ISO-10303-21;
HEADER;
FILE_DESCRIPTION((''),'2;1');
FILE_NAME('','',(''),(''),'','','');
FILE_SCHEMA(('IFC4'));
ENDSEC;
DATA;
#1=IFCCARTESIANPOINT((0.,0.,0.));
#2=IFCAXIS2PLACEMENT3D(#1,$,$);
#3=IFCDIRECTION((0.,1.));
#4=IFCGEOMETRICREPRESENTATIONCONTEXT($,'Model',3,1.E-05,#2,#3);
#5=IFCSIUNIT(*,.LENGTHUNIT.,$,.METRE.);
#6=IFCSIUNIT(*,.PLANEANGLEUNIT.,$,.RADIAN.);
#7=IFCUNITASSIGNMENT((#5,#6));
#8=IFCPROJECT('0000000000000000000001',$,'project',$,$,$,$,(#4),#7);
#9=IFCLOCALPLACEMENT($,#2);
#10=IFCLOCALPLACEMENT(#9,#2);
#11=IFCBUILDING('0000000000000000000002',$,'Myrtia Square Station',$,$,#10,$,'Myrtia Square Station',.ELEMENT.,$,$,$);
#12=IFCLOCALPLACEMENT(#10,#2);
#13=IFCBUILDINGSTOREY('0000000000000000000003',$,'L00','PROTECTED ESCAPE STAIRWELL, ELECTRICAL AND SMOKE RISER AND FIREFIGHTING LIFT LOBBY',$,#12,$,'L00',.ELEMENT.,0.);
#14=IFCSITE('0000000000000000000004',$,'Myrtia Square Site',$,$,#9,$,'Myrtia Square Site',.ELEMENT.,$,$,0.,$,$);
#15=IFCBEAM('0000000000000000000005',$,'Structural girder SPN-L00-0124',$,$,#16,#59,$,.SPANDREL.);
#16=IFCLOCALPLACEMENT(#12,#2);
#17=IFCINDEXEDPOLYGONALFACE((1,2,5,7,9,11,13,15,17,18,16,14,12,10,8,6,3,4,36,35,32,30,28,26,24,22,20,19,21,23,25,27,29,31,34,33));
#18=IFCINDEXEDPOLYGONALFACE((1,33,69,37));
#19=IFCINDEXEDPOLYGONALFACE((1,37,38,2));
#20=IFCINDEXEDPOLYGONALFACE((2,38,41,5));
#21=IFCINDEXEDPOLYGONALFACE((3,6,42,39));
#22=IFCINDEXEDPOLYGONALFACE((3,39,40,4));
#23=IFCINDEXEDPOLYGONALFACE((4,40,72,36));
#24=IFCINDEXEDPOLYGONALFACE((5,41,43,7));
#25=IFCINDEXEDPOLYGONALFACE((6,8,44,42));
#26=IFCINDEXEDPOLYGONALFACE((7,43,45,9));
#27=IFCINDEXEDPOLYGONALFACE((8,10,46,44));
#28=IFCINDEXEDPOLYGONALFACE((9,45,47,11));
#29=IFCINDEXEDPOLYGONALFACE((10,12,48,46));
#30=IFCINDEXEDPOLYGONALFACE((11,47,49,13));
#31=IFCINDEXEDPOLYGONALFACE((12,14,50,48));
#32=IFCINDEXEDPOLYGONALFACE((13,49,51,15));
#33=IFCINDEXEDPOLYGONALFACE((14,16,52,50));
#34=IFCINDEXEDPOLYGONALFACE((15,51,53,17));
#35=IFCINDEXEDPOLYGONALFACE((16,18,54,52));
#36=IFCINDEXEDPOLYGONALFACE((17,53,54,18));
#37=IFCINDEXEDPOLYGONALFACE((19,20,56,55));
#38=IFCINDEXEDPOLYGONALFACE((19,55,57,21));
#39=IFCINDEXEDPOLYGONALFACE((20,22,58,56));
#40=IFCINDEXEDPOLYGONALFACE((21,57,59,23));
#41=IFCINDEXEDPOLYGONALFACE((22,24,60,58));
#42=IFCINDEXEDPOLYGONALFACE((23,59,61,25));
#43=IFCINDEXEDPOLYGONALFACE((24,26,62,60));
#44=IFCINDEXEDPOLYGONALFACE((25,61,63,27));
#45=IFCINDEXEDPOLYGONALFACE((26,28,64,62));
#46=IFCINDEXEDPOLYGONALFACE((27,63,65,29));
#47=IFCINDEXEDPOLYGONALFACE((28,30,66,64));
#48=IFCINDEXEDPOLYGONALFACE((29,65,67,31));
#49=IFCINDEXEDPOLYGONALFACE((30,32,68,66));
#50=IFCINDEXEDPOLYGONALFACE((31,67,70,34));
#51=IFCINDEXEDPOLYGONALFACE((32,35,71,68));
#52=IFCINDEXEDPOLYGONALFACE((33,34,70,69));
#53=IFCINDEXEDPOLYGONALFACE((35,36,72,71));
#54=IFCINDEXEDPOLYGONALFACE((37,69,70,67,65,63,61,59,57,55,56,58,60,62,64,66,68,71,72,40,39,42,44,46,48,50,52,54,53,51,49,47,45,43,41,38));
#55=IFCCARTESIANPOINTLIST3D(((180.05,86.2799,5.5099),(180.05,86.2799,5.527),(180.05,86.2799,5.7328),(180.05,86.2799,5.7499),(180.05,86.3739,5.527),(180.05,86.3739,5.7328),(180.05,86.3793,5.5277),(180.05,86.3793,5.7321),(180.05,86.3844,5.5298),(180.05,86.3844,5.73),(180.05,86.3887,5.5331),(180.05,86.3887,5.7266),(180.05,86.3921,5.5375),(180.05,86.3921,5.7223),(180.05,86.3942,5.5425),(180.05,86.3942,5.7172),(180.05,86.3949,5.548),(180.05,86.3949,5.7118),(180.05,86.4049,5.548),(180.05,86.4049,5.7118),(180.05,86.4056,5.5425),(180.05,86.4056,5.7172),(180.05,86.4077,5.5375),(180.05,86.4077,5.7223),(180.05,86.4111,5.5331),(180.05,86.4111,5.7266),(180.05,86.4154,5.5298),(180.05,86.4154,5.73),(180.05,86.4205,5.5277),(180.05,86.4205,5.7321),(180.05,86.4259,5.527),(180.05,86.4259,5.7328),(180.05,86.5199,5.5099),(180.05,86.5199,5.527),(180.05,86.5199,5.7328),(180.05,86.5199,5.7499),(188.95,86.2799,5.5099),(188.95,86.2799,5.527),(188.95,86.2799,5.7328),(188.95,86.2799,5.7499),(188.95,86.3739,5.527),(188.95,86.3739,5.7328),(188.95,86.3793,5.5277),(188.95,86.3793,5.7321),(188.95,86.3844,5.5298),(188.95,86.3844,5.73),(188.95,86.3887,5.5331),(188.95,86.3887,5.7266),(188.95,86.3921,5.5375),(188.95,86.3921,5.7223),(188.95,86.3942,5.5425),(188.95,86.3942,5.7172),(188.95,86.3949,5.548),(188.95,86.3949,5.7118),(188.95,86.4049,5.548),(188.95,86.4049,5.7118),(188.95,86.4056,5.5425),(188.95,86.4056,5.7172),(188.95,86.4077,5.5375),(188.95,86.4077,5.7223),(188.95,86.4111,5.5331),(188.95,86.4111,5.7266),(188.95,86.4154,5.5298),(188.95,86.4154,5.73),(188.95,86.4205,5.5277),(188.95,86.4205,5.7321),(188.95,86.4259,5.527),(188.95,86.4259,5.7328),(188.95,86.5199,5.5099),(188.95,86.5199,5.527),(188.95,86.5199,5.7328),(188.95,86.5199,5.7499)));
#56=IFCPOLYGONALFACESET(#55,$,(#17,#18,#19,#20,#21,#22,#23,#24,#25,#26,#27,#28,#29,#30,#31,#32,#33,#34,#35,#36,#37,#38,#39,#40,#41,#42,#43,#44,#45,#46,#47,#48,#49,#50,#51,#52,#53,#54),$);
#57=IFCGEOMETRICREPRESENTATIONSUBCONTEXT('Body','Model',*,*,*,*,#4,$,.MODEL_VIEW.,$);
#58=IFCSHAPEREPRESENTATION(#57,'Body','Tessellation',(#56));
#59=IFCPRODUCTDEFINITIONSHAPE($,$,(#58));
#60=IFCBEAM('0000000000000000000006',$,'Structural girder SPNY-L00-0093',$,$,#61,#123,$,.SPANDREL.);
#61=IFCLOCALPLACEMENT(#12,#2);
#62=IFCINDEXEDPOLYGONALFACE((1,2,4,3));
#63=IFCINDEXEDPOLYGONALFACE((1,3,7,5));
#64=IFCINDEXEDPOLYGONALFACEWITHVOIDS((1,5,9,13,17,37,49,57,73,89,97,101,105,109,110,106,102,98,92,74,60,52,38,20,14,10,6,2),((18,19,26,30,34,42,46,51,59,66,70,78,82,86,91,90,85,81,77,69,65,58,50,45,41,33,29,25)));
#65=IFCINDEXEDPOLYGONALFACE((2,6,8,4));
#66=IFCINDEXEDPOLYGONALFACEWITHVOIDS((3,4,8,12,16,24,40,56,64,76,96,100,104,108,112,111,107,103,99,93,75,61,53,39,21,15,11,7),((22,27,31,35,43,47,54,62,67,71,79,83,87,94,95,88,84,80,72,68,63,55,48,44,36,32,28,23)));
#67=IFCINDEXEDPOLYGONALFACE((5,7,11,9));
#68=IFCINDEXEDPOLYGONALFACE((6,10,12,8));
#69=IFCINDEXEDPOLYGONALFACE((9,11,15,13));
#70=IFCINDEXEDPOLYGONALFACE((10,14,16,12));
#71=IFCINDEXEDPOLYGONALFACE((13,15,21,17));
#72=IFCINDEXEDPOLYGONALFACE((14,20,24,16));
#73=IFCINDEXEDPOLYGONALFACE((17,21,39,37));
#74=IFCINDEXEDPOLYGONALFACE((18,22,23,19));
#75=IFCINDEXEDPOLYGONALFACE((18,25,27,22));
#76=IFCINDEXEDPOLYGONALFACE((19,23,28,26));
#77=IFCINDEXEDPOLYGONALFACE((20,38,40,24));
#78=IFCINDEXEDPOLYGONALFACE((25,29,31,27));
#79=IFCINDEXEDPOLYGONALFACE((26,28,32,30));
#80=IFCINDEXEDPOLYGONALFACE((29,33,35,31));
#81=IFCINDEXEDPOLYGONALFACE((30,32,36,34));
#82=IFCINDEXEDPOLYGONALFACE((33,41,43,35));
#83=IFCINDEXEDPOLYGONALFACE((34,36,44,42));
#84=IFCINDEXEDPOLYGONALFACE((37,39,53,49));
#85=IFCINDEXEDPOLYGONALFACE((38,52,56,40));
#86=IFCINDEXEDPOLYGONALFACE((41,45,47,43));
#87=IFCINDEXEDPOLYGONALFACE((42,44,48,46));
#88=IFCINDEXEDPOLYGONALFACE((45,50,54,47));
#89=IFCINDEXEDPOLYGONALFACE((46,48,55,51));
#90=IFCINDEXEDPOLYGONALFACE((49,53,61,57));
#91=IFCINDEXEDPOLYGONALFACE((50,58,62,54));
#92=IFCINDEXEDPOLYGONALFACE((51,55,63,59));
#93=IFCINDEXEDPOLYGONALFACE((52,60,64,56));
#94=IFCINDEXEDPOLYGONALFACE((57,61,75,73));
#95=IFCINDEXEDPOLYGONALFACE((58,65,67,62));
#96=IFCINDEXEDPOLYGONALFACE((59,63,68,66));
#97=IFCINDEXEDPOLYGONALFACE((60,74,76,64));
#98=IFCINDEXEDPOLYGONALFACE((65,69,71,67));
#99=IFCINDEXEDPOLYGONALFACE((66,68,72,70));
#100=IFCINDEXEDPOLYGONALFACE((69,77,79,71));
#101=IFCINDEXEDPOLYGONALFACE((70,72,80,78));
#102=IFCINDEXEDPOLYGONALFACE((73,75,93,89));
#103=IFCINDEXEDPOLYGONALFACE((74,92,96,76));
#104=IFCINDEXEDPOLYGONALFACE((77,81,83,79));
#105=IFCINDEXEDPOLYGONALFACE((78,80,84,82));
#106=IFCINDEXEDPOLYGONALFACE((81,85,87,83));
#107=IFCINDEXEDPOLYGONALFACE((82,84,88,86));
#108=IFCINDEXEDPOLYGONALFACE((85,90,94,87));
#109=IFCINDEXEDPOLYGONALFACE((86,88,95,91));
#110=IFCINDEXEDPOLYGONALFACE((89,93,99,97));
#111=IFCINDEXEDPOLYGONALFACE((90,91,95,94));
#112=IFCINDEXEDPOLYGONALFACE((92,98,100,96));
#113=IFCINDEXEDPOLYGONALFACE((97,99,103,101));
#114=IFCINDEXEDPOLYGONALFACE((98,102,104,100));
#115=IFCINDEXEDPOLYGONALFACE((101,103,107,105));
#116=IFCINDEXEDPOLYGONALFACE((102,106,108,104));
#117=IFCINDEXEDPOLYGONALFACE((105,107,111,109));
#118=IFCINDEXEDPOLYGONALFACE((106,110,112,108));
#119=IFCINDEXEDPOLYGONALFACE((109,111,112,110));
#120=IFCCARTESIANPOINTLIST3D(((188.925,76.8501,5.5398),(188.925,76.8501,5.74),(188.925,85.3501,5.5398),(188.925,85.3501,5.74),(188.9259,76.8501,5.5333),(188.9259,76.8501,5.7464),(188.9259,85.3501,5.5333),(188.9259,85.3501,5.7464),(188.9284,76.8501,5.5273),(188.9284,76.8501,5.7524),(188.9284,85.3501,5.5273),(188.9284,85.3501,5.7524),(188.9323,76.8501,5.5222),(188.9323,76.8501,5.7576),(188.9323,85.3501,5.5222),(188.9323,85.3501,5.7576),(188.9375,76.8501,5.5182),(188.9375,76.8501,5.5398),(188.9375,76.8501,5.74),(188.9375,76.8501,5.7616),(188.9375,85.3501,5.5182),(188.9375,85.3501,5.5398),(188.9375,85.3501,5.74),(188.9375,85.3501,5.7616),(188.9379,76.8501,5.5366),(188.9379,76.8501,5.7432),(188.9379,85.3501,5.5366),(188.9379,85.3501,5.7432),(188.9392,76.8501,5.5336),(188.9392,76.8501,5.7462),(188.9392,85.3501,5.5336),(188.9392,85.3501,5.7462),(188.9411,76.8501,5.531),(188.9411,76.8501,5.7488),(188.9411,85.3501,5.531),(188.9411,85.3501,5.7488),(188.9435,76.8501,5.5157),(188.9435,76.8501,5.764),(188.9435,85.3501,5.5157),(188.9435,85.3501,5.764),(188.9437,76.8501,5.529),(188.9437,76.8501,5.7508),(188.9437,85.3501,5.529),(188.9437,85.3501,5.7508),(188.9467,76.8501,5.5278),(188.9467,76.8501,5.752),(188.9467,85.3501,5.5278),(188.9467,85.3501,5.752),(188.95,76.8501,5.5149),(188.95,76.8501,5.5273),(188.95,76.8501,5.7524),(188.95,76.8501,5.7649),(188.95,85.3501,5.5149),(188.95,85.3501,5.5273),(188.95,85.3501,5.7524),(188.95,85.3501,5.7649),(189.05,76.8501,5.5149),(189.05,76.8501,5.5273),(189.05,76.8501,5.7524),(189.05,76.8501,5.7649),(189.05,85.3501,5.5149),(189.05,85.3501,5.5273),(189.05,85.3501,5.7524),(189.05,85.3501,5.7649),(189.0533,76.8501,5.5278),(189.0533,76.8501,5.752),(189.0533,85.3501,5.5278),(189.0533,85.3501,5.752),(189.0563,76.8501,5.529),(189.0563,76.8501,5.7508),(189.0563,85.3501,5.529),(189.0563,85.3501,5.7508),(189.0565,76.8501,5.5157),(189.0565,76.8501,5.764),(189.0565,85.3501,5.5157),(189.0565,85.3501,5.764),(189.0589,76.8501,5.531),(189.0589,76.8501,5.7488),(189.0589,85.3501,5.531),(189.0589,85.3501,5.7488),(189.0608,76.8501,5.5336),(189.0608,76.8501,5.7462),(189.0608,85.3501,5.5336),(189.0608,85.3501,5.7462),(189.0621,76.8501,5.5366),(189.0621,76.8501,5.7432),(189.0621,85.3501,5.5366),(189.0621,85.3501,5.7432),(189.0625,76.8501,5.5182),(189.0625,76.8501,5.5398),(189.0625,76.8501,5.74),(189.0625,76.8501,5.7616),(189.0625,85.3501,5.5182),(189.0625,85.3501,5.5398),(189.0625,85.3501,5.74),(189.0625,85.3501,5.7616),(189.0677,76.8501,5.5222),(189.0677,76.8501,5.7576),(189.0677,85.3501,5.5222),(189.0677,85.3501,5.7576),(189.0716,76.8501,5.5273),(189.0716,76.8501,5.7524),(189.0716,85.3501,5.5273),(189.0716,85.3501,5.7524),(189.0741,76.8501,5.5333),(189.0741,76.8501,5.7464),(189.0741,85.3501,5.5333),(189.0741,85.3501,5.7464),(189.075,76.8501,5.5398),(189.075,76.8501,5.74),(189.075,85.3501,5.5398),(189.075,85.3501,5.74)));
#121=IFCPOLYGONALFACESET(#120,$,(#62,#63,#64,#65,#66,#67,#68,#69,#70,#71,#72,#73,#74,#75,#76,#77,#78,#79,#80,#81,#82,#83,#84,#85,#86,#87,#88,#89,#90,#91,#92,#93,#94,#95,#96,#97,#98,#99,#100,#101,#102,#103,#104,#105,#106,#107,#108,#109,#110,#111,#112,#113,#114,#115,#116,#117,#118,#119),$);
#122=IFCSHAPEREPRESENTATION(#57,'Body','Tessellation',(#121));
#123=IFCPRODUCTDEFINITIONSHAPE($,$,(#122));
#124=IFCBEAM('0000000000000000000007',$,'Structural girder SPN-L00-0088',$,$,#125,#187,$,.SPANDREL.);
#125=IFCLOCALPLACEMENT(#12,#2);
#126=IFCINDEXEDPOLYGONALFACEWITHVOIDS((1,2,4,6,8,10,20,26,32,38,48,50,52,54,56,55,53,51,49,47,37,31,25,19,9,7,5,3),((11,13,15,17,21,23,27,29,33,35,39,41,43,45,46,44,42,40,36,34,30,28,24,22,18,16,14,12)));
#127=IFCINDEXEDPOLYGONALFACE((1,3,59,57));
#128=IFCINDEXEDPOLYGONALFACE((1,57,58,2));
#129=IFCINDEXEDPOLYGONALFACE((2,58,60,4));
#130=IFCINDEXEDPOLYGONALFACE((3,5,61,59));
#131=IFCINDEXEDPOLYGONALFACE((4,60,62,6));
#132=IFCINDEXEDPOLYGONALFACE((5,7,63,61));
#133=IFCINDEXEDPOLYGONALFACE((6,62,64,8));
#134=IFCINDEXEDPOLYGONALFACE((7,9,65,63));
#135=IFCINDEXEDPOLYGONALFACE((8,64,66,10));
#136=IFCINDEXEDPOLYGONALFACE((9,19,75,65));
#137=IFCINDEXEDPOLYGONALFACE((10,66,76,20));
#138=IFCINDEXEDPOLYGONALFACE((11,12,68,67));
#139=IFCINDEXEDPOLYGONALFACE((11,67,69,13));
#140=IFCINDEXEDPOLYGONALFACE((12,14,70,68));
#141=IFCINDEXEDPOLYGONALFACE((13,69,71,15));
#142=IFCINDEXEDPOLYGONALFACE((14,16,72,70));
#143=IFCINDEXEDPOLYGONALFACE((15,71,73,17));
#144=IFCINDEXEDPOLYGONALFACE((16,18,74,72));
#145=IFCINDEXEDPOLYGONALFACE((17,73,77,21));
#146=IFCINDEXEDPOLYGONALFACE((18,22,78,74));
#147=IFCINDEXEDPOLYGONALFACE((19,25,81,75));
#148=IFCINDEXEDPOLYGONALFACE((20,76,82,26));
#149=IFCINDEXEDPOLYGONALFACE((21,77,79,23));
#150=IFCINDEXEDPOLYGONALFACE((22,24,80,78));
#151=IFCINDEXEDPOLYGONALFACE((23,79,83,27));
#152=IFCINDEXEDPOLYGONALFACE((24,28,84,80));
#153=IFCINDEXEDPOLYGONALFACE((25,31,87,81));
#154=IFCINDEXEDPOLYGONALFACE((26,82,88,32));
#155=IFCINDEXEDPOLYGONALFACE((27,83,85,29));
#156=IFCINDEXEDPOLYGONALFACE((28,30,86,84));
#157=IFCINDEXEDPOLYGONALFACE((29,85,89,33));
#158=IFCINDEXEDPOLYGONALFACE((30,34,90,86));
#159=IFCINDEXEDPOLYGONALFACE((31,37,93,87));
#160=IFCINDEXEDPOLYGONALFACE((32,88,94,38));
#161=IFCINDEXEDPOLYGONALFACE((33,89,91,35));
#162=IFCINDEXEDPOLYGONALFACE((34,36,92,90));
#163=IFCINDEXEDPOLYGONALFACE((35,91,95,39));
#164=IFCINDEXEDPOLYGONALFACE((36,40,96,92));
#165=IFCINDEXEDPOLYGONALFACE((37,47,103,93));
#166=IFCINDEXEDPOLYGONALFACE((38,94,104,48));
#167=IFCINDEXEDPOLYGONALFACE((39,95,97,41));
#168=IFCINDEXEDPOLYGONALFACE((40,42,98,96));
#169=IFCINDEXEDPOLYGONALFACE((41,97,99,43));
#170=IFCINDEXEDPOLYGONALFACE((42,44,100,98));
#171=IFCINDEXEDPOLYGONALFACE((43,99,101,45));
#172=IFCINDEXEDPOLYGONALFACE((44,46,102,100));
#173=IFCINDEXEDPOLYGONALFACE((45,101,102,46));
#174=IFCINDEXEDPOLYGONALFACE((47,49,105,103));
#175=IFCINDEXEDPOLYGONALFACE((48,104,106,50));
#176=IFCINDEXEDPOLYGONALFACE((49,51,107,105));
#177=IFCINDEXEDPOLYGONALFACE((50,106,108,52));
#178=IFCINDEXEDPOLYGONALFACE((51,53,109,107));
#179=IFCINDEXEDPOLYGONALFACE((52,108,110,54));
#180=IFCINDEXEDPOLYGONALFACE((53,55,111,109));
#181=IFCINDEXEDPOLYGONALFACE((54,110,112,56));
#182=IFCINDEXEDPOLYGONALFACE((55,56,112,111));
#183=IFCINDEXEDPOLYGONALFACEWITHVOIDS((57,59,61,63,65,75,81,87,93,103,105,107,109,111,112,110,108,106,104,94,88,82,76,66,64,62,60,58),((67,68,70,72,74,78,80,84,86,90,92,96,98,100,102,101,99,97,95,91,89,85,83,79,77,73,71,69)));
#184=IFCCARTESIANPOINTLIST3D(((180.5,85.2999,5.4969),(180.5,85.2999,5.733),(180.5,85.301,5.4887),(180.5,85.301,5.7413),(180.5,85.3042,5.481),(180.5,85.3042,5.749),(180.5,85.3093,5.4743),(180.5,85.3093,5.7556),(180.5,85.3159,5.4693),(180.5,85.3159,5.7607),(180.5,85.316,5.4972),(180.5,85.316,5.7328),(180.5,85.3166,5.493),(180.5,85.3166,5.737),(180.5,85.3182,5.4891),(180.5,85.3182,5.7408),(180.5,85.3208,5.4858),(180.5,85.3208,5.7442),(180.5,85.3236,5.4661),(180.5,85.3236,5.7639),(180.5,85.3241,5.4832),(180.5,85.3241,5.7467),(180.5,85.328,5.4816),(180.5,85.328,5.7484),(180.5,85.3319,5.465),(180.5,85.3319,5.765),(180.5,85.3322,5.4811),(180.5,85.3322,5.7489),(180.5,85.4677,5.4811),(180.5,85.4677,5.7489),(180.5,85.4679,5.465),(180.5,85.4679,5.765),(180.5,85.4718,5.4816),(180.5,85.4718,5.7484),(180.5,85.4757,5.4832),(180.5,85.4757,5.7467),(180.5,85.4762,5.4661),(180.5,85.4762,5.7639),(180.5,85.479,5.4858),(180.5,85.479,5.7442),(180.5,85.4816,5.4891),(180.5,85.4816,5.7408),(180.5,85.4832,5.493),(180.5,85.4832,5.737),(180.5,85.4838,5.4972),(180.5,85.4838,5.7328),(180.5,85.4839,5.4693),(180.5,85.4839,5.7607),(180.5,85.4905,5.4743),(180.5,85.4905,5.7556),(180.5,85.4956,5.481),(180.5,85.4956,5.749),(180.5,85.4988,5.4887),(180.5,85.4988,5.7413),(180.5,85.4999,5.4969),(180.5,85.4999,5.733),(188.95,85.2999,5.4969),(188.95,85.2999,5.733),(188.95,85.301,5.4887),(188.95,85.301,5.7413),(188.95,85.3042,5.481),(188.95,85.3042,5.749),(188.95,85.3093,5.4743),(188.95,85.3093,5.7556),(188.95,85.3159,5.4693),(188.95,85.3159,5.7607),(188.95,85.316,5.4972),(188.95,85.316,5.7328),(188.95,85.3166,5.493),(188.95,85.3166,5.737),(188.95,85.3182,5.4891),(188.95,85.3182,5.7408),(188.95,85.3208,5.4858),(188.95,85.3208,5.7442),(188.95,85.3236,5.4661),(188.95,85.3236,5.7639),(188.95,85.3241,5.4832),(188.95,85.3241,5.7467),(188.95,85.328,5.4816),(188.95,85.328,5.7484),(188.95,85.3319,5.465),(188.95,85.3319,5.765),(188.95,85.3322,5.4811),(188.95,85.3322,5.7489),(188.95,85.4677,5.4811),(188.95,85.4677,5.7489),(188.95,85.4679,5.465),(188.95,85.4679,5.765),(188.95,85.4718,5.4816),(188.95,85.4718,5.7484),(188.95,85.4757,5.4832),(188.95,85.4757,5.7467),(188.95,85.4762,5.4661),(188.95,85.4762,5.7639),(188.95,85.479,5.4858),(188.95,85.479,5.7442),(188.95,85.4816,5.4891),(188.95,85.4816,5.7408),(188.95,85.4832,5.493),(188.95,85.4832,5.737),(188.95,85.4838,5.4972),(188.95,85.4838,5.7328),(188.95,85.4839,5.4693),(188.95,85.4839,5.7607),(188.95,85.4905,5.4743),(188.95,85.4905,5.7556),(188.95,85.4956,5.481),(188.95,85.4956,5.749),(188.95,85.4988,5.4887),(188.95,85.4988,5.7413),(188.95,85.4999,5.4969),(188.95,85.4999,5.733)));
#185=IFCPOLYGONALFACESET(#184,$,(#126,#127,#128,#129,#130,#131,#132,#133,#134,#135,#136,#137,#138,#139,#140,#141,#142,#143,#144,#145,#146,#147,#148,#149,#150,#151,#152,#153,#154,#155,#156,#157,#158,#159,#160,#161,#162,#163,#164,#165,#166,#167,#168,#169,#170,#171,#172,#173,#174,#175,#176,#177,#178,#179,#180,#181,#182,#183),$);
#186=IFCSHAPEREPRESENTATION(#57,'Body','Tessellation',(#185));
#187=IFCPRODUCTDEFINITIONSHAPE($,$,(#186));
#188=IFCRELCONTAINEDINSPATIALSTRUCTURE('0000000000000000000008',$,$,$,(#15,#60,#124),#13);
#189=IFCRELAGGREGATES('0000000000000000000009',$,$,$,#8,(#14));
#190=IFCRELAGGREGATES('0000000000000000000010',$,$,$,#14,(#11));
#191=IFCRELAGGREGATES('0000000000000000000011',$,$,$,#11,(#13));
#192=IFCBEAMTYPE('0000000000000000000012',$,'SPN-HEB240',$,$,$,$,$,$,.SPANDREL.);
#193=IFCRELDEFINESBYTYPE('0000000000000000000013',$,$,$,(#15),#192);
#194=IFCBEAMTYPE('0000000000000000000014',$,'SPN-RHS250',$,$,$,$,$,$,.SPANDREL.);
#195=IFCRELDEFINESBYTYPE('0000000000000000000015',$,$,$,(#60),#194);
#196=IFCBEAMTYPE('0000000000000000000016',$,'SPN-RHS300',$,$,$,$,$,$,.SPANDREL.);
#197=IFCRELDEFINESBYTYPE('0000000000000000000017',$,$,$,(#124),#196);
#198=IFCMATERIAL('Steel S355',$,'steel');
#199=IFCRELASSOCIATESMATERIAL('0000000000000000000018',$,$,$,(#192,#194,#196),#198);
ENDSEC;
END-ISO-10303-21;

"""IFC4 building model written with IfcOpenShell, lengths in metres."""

from ifc_helpers import new_model, si_unit, direction, frame, origin, origin_2d, place, context, subcontext, project, spatial, hollow_rectangle, i_section, extrude, material, material_profile, profile_set, type_object, element, save


model = new_model("IFC4")

# Units and contexts
model_context = context("Model", 3, precision=1e-05, world=origin(), true_north=direction((0.0, 1.0)))
body_context = subcontext(model_context, "Body", "Model", "MODEL_VIEW")
ifc_project = project(units=[si_unit("LENGTHUNIT", "METRE"), si_unit("PLANEANGLEUNIT", "RADIAN")], contexts=[model_context])

# Site, building, storey
site_placement = place(None, origin())
site = spatial("IfcSite", under=ifc_project, at=site_placement, Name="Myrtia Square Site", LongName="Myrtia Square Site", CompositionType="ELEMENT", RefElevation=0.0)
building_placement = place(site_placement, origin())
building = spatial("IfcBuilding", under=site, at=building_placement, Name="Myrtia Square Station", LongName="Myrtia Square Station", CompositionType="ELEMENT")
storey_placement = place(building_placement, origin())
storey = spatial("IfcBuildingStorey", under=building, at=storey_placement, Name="L00", Description="PROTECTED ESCAPE STAIRWELL, ELECTRICAL AND SMOKE RISER AND FIREFIGHTING LIFT LOBBY", LongName="L00", CompositionType="ELEMENT", Elevation=0.0)

# Shared definitions
ifc_material_1 = material(Name="Steel S355", Category="steel")

# Beams
ifc_material_profile_1 = material_profile(ifc_material_1, i_section(OverallWidth=0.24, OverallDepth=0.24, WebThickness=0.01, FlangeThickness=0.0171, FilletRadius=0.021, at=origin_2d()), Name="HEB 240")
ifc_profile_set_1 = profile_set([ifc_material_profile_1], Name="Steel S355")
beam_type_1 = type_object("IfcBeamType", Name="SPN-HEB240", PredefinedType="SPANDREL", material=ifc_profile_set_1)
beam_1_placement = place(storey_placement, frame((180.05, 86.3999, 5.6299), z_axis=(1.0, 0.0, 0.0), x_axis=(0.0, 1.0, 0.0)))
element("IfcBeam", 1, at=beam_1_placement, inside=storey, type_object=beam_type_1, Name="Structural girder SPN-L00-0124", PredefinedType="SPANDREL", context=body_context, shape_type="SweptSolid", body=[
    extrude(i_section(OverallWidth=0.24, OverallDepth=0.24, WebThickness=0.01, FlangeThickness=0.0171, FilletRadius=0.021, at=origin_2d()), origin(), (0.0, 0.0, 1.0), 8.8999),
])
ifc_material_profile_2 = material_profile(ifc_material_1, hollow_rectangle(XDim=0.1499, YDim=0.25, WallThickness=0.0125, InnerFilletRadius=0.0125, OuterFilletRadius=0.0249, at=origin_2d()), Name="RHS 250x150x12.5")
ifc_profile_set_2 = profile_set([ifc_material_profile_2], Name="Steel S355")
beam_type_2 = type_object("IfcBeamType", Name="SPN-RHS250", PredefinedType="SPANDREL", material=ifc_profile_set_2)
beam_2_placement = place(storey_placement, frame((189.0, 76.8501, 5.6399), z_axis=(0.0, 1.0, 0.0), x_axis=(-1.0, 0.0, 0.0)))
element("IfcBeam", 2, at=beam_2_placement, inside=storey, type_object=beam_type_2, Name="Structural girder SPNY-L00-0093", PredefinedType="SPANDREL", context=body_context, shape_type="SweptSolid", body=[
    extrude(hollow_rectangle(XDim=0.1499, YDim=0.25, WallThickness=0.0125, InnerFilletRadius=0.0125, OuterFilletRadius=0.0249, at=origin_2d()), origin(), (0.0, 0.0, 1.0), 8.5),
])
ifc_material_profile_3 = material_profile(ifc_material_1, hollow_rectangle(XDim=0.2, YDim=0.3, WallThickness=0.0161, InnerFilletRadius=0.0161, OuterFilletRadius=0.032, at=origin_2d()), Name="RHS 300x200x16")
ifc_profile_set_3 = profile_set([ifc_material_profile_3], Name="Steel S355")
beam_type_3 = type_object("IfcBeamType", Name="SPN-RHS300", PredefinedType="SPANDREL", material=ifc_profile_set_3)
beam_3_placement = place(storey_placement, frame((180.5, 85.3999, 5.615), z_axis=(1.0, 0.0, 0.0), x_axis=(0.0, 1.0, 0.0)))
element("IfcBeam", 3, at=beam_3_placement, inside=storey, type_object=beam_type_3, Name="Structural girder SPN-L00-0088", PredefinedType="SPANDREL", context=body_context, shape_type="SweptSolid", body=[
    extrude(hollow_rectangle(XDim=0.2, YDim=0.3, WallThickness=0.0161, InnerFilletRadius=0.0161, OuterFilletRadius=0.032, at=origin_2d()), origin(), (0.0, 0.0, 1.0), 8.45),
])

save(model, "model.ifc")
